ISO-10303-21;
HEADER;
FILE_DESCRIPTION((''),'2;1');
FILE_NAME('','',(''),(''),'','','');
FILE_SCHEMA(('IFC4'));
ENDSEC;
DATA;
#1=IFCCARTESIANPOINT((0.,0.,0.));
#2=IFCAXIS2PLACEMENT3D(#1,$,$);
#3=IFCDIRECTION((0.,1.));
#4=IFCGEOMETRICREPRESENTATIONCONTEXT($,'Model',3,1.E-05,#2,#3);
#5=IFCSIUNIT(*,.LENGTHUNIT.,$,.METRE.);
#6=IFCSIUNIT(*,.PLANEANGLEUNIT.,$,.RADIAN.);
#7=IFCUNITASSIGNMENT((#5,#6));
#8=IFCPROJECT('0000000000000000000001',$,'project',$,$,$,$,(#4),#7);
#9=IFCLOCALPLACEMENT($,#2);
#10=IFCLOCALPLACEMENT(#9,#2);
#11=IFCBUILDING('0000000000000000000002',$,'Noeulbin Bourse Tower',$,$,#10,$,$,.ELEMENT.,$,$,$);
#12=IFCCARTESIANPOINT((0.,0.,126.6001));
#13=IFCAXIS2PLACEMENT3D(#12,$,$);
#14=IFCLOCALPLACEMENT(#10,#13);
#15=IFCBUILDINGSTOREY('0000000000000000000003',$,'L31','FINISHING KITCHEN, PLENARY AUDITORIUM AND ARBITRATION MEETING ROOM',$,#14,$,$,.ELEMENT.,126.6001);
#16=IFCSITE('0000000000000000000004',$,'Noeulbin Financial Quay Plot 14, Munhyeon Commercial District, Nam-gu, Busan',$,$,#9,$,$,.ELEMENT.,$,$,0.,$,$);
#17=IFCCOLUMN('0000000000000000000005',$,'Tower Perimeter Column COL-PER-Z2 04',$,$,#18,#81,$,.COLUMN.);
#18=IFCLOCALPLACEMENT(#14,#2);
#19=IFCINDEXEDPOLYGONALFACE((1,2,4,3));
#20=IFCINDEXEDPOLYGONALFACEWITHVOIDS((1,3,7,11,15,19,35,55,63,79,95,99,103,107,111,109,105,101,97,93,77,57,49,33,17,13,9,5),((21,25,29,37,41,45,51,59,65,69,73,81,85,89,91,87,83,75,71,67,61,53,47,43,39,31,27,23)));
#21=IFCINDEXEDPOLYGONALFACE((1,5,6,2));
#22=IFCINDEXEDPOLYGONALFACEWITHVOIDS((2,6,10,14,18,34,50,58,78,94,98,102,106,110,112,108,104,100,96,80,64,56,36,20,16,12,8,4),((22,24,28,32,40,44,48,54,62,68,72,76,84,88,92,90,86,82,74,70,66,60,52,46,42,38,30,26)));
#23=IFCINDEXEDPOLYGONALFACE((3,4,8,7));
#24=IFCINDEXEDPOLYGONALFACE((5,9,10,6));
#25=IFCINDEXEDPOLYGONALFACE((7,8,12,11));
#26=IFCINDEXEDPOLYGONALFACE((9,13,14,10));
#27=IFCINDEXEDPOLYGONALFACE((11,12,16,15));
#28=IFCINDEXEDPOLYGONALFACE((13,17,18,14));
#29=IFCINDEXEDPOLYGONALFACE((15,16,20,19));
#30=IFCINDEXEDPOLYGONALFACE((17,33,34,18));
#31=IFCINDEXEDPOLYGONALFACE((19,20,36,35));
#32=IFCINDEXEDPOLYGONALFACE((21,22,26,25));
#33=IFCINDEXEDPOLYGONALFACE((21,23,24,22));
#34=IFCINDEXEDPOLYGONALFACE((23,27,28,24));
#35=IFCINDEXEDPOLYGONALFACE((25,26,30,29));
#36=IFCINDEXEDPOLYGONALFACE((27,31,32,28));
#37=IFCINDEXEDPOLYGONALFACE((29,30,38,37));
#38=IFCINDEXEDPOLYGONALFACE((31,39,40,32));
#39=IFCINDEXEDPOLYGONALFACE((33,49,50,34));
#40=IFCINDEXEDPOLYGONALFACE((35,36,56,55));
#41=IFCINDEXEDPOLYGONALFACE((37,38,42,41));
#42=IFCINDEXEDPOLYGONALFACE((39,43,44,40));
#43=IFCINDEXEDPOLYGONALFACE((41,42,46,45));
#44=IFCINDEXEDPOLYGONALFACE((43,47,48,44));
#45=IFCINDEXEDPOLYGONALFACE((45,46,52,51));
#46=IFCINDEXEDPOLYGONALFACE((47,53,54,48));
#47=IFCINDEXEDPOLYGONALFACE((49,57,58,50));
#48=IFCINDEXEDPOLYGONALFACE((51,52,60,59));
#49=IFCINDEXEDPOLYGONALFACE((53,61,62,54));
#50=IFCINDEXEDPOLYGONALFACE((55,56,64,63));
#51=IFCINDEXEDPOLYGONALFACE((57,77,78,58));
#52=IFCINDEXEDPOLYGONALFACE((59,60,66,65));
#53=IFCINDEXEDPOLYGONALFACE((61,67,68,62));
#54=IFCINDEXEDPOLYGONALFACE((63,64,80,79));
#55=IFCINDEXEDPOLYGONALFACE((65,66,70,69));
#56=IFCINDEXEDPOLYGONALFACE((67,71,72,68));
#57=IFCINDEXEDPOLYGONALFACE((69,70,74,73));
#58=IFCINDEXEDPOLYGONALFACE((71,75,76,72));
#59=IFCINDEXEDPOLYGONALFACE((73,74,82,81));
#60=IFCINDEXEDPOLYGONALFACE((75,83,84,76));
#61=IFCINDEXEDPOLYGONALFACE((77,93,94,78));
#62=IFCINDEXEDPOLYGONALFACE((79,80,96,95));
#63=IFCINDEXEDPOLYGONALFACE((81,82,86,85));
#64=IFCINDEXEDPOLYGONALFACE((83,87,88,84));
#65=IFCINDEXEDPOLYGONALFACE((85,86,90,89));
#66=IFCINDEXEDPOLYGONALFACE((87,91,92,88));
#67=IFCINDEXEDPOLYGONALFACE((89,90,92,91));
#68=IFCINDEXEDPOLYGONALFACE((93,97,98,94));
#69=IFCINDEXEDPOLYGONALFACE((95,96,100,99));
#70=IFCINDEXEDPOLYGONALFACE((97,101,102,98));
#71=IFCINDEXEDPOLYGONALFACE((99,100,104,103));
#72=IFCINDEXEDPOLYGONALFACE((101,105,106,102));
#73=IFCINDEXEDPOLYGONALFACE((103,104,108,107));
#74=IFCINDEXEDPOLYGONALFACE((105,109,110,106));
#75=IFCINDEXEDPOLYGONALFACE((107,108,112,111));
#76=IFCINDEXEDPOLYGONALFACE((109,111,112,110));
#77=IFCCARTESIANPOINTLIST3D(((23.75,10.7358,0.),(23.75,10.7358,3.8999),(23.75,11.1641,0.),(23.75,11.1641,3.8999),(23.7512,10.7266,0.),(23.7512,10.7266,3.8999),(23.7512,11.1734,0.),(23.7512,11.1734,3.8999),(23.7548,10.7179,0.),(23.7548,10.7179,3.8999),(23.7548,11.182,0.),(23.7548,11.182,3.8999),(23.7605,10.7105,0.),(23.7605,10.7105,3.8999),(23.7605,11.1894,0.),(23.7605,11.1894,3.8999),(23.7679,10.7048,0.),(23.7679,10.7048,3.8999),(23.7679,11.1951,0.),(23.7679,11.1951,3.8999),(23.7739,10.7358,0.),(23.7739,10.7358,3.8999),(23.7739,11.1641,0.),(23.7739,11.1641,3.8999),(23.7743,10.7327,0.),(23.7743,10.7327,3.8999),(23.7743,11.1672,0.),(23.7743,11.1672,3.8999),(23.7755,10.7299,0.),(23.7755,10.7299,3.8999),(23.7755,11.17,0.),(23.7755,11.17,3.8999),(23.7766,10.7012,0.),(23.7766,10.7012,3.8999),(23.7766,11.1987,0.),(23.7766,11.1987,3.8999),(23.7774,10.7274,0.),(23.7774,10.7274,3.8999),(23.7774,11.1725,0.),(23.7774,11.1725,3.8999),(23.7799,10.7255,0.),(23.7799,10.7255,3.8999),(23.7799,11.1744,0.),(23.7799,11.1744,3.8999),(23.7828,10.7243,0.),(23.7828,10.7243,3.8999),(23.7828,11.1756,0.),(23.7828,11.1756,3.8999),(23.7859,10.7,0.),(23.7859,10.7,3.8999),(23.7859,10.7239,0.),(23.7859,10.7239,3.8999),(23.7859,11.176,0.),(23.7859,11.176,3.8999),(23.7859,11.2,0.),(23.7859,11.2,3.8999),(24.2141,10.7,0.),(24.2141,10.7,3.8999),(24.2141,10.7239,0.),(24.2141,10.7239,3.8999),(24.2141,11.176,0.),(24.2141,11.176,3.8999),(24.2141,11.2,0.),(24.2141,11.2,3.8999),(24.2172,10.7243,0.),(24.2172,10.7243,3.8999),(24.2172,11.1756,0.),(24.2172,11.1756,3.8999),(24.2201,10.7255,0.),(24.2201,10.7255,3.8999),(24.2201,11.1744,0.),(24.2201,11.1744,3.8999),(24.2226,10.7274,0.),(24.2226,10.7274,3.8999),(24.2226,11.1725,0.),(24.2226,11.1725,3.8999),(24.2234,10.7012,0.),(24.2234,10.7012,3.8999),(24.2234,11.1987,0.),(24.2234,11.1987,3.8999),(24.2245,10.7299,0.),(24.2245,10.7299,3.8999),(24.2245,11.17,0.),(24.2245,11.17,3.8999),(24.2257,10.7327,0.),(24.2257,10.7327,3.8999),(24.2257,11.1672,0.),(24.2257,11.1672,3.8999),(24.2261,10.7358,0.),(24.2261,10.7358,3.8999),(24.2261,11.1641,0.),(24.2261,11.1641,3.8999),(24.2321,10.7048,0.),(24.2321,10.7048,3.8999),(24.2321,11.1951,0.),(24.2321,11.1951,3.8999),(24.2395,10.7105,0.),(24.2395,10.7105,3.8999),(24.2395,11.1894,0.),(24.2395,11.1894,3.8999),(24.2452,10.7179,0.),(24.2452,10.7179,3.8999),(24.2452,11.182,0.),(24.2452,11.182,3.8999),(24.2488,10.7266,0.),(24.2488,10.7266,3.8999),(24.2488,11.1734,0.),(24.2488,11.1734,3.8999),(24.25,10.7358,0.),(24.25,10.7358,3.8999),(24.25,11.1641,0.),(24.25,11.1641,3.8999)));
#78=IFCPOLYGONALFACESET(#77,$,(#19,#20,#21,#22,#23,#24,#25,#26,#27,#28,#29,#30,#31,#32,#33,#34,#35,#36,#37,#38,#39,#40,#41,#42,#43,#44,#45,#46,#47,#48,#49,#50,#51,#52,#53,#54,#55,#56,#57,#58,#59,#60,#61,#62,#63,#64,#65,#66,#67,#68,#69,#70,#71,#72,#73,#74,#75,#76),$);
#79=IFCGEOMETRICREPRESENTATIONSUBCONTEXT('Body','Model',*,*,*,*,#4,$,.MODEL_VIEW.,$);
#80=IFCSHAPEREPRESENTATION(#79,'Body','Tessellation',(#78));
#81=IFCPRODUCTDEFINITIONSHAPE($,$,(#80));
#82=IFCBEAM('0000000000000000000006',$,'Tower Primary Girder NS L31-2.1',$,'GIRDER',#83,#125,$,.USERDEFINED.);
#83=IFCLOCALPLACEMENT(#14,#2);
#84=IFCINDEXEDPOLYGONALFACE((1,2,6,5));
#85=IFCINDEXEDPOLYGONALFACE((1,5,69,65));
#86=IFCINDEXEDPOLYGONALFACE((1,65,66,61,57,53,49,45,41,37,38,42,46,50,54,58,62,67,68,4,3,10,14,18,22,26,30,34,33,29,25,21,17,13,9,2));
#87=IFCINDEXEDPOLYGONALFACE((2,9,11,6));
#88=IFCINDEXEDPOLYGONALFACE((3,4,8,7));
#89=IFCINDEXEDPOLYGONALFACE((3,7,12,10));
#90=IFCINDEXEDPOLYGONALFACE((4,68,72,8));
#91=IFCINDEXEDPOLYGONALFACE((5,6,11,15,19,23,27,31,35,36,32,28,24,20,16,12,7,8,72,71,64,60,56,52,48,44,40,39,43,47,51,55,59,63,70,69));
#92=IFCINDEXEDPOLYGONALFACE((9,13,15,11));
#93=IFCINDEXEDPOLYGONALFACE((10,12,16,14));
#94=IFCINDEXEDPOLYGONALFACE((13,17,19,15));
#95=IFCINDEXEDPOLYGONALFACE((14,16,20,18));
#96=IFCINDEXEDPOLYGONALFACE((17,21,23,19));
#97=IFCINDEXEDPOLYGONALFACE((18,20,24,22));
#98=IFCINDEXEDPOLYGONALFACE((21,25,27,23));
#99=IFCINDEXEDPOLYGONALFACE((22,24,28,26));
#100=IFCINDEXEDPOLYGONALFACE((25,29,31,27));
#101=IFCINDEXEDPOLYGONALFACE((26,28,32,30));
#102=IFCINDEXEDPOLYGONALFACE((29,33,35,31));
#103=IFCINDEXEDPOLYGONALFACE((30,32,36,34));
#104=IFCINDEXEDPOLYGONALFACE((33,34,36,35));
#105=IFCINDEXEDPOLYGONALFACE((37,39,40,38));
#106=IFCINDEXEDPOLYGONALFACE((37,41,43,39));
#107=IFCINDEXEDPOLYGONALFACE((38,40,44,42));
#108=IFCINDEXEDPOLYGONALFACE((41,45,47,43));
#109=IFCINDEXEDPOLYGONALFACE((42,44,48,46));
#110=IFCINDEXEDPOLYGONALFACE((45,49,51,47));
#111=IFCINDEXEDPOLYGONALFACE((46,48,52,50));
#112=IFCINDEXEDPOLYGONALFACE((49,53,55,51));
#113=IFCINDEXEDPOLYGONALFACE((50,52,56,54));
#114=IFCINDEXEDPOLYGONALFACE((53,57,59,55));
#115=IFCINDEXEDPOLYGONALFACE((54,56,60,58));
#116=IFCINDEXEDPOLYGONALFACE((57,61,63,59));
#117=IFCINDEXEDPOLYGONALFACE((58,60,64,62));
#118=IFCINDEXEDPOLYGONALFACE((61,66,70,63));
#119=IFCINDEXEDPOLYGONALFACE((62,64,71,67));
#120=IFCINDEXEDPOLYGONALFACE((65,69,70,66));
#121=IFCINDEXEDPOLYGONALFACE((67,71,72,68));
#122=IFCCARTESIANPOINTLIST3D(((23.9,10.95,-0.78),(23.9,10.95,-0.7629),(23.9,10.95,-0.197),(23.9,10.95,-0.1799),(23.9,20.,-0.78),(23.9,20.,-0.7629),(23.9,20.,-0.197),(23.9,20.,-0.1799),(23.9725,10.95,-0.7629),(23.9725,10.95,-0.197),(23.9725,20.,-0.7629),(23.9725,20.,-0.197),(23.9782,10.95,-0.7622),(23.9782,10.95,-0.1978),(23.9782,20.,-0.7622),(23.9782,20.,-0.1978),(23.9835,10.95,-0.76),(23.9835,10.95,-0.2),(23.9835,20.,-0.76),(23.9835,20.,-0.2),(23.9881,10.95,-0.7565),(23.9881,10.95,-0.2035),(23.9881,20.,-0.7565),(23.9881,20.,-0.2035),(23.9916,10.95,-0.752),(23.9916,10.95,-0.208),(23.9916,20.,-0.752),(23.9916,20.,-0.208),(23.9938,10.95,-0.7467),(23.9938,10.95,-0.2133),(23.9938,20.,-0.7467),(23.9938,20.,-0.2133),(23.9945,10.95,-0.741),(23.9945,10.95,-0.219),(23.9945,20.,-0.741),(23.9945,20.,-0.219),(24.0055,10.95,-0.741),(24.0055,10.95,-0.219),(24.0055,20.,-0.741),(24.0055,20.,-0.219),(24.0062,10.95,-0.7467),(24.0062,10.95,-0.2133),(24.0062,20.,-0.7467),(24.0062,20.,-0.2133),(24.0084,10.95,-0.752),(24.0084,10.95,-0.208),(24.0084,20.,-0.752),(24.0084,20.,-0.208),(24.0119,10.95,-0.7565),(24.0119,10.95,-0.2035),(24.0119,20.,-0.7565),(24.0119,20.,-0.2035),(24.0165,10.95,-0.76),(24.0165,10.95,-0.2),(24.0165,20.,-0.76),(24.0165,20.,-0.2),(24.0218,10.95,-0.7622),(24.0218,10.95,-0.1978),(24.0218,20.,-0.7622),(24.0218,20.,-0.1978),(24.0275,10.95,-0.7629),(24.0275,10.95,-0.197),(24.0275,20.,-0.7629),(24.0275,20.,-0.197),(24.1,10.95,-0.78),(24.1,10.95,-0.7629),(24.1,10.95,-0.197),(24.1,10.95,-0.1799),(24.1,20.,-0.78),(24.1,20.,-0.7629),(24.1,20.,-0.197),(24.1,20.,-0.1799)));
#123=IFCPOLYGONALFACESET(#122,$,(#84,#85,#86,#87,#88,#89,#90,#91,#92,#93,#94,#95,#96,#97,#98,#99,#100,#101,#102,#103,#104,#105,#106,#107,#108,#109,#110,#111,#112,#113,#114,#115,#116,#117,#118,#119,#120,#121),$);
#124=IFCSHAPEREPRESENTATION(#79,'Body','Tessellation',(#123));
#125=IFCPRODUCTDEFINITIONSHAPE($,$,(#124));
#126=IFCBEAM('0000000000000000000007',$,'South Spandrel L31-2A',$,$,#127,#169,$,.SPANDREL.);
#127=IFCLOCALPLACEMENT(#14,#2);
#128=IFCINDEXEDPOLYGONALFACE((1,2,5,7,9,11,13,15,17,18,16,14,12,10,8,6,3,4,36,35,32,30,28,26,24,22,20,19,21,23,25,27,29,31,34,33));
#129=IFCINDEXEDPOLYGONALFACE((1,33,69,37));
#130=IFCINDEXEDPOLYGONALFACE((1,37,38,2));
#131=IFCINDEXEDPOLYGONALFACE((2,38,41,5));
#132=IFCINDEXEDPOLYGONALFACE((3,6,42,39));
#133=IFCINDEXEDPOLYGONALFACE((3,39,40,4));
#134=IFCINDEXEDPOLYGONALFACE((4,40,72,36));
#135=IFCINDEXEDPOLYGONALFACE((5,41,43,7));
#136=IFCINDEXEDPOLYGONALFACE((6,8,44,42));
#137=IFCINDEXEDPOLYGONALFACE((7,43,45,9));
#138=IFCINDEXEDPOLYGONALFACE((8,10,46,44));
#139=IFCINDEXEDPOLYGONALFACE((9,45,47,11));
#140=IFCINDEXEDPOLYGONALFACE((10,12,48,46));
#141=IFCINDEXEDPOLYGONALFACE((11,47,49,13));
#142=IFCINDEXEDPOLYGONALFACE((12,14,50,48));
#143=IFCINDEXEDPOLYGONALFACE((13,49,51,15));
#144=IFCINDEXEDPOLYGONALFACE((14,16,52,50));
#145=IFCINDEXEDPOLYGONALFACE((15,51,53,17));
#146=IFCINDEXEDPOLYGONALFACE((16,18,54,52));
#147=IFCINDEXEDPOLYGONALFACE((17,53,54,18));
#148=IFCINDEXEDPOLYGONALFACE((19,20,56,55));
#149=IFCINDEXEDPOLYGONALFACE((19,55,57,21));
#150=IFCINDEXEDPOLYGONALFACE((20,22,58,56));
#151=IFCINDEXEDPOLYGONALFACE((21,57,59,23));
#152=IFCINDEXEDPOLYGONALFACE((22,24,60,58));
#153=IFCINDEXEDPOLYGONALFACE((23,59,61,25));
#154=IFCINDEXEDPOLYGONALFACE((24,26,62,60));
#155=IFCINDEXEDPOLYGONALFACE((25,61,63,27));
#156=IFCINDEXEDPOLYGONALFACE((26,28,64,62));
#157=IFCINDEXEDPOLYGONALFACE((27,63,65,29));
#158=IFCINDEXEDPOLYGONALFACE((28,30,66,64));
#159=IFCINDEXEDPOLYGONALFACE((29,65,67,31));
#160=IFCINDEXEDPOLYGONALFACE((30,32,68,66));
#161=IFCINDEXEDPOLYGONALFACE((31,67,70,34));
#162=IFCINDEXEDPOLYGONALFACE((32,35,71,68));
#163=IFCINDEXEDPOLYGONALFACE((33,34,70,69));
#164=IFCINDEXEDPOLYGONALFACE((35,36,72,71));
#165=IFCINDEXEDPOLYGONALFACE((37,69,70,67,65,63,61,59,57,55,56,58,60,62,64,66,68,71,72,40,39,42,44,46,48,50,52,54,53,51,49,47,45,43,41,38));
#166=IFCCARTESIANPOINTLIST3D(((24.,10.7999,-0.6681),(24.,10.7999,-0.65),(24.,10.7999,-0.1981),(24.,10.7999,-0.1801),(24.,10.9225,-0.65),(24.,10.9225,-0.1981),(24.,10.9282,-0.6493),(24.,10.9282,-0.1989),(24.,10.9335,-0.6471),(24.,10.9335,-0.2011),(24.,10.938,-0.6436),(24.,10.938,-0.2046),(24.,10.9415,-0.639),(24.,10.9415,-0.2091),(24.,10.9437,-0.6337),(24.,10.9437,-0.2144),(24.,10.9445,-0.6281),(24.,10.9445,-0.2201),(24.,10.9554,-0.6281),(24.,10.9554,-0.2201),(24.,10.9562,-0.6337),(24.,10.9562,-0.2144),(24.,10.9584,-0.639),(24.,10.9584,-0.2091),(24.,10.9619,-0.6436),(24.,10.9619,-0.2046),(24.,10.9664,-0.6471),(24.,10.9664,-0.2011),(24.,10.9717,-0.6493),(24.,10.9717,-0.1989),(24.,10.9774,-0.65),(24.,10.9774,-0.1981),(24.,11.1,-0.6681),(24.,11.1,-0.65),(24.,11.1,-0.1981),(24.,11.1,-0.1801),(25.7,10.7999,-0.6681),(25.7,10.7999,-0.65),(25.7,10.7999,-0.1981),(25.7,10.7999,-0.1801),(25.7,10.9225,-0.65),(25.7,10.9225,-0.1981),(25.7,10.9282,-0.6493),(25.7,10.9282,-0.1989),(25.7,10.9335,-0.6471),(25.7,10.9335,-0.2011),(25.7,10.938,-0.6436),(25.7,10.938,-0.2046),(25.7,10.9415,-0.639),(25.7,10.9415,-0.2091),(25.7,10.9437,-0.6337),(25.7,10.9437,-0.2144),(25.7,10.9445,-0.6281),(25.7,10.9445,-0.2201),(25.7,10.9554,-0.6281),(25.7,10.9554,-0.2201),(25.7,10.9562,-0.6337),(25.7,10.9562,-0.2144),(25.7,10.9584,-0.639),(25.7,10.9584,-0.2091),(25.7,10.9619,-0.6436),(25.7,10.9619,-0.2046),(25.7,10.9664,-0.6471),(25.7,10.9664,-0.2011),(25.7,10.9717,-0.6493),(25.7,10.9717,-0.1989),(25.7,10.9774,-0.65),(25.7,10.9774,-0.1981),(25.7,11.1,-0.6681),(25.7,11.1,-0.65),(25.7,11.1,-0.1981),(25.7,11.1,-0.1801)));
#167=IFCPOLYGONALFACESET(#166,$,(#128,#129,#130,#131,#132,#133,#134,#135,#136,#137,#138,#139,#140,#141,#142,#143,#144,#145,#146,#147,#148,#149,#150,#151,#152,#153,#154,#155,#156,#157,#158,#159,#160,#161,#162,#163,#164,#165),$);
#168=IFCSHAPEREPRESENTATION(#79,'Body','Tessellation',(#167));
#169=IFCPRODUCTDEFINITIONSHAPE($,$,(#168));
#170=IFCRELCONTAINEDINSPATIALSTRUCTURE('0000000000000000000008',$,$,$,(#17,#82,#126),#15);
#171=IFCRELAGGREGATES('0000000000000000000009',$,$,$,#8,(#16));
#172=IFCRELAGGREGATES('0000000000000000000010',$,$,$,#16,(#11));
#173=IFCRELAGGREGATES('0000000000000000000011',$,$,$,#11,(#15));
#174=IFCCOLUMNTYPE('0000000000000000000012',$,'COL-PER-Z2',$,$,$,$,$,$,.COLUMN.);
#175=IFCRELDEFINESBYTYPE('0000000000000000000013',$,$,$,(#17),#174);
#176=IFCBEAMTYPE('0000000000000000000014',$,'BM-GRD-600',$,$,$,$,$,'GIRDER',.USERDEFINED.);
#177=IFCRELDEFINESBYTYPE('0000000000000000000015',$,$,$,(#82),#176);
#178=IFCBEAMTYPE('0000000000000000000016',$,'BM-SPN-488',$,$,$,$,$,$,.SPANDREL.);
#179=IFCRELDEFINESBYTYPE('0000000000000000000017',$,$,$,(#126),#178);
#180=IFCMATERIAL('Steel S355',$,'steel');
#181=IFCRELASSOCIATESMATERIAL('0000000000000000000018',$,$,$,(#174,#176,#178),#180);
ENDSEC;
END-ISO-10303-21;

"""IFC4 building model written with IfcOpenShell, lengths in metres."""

from ifc_helpers import new_model, si_unit, direction, frame, origin, origin_2d, place, context, subcontext, project, spatial, hollow_rectangle, i_section, extrude, material, material_profile, profile_set, type_object, element, save


model = new_model("IFC4")

# Units and contexts
model_context = context("Model", 3, precision=1e-05, world=origin(), true_north=direction((0.0, 1.0)))
body_context = subcontext(model_context, "Body", "Model", "MODEL_VIEW")
ifc_project = project(units=[si_unit("LENGTHUNIT", "METRE"), si_unit("PLANEANGLEUNIT", "RADIAN")], contexts=[model_context])

# Site, building, storey
site_placement = place(None, origin())
site = spatial("IfcSite", under=ifc_project, at=site_placement, Name="Noeulbin Financial Quay Plot 14, Munhyeon Commercial District, Nam-gu, Busan", CompositionType="ELEMENT", RefElevation=0.0)
building_placement = place(site_placement, origin())
building = spatial("IfcBuilding", under=site, at=building_placement, Name="Noeulbin Bourse Tower", CompositionType="ELEMENT")
storey_placement = place(building_placement, frame((0.0, 0.0, 126.6001)))
storey = spatial("IfcBuildingStorey", under=building, at=storey_placement, Name="L31", Description="FINISHING KITCHEN, PLENARY AUDITORIUM AND ARBITRATION MEETING ROOM", CompositionType="ELEMENT", Elevation=126.6001)

# Column
ifc_material_1 = material(Name="Steel S355", Category="steel")
ifc_material_profile_1 = material_profile(ifc_material_1, hollow_rectangle(XDim=0.5, YDim=0.5, WallThickness=0.0239, InnerFilletRadius=0.012, OuterFilletRadius=0.0359, at=origin_2d()), Name="BOX-500x500x24", Category="LoadBearing")
ifc_profile_set_1 = profile_set([ifc_material_profile_1], Name="Steel S355")
column_type = type_object("IfcColumnType", Name="COL-PER-Z2", PredefinedType="COLUMN", material=ifc_profile_set_1)
column_placement = place(storey_placement, frame((24.0, 10.95, 0.0), z_axis=(0.0, 0.0, 1.0), x_axis=(1.0, 0.0, 0.0)))
element("IfcColumn", 1, at=column_placement, inside=storey, type_object=column_type, Name="Tower Perimeter Column COL-PER-Z2 04", PredefinedType="COLUMN", context=body_context, shape_type="SweptSolid", body=[
    extrude(hollow_rectangle(XDim=0.5, YDim=0.5, WallThickness=0.0239, InnerFilletRadius=0.012, OuterFilletRadius=0.0359, at=origin_2d()), origin(), (0.0, 0.0, 1.0), 3.8999),
])

# Beams
ifc_material_profile_2 = material_profile(ifc_material_1, i_section(OverallWidth=0.2, OverallDepth=0.6001, WebThickness=0.011, FlangeThickness=0.0171, FilletRadius=0.022, at=origin_2d()), Name="H-600x200x11x17", Category="LoadBearing")
ifc_profile_set_2 = profile_set([ifc_material_profile_2], Name="Steel S355")
beam_type_1 = type_object("IfcBeamType", Name="BM-GRD-600", ElementType="GIRDER", PredefinedType="USERDEFINED", material=ifc_profile_set_2)
beam_1_placement = place(storey_placement, frame((24.0, 10.95, -0.48), z_axis=(0.0, 1.0, 0.0), x_axis=(-1.0, 0.0, 0.0)))
element("IfcBeam", 2, at=beam_1_placement, inside=storey, type_object=beam_type_1, Name="Tower Primary Girder NS L31-2.1", ObjectType="GIRDER", PredefinedType="USERDEFINED", context=body_context, shape_type="SweptSolid", body=[
    extrude(i_section(OverallWidth=0.2, OverallDepth=0.6001, WebThickness=0.011, FlangeThickness=0.0171, FilletRadius=0.022, at=origin_2d()), origin(), (0.0, 0.0, 1.0), 9.05),
])
ifc_material_profile_3 = material_profile(ifc_material_1, i_section(OverallWidth=0.3, OverallDepth=0.488, WebThickness=0.011, FlangeThickness=0.0181, FilletRadius=0.022, at=origin_2d()), Name="H-488x300x11x18", Category="LoadBearing")
ifc_profile_set_3 = profile_set([ifc_material_profile_3], Name="Steel S355")
beam_type_2 = type_object("IfcBeamType", Name="BM-SPN-488", PredefinedType="SPANDREL", material=ifc_profile_set_3)
beam_2_placement = place(storey_placement, frame((24.0, 10.95, -0.4241), z_axis=(1.0, 0.0, 0.0), x_axis=(0.0, 1.0, 0.0)))
element("IfcBeam", 3, at=beam_2_placement, inside=storey, type_object=beam_type_2, Name="South Spandrel L31-2A", PredefinedType="SPANDREL", context=body_context, shape_type="SweptSolid", body=[
    extrude(i_section(OverallWidth=0.3, OverallDepth=0.488, WebThickness=0.011, FlangeThickness=0.0181, FilletRadius=0.022, at=origin_2d()), origin(), (0.0, 0.0, 1.0), 1.7),
])

save(model, "model.ifc")
